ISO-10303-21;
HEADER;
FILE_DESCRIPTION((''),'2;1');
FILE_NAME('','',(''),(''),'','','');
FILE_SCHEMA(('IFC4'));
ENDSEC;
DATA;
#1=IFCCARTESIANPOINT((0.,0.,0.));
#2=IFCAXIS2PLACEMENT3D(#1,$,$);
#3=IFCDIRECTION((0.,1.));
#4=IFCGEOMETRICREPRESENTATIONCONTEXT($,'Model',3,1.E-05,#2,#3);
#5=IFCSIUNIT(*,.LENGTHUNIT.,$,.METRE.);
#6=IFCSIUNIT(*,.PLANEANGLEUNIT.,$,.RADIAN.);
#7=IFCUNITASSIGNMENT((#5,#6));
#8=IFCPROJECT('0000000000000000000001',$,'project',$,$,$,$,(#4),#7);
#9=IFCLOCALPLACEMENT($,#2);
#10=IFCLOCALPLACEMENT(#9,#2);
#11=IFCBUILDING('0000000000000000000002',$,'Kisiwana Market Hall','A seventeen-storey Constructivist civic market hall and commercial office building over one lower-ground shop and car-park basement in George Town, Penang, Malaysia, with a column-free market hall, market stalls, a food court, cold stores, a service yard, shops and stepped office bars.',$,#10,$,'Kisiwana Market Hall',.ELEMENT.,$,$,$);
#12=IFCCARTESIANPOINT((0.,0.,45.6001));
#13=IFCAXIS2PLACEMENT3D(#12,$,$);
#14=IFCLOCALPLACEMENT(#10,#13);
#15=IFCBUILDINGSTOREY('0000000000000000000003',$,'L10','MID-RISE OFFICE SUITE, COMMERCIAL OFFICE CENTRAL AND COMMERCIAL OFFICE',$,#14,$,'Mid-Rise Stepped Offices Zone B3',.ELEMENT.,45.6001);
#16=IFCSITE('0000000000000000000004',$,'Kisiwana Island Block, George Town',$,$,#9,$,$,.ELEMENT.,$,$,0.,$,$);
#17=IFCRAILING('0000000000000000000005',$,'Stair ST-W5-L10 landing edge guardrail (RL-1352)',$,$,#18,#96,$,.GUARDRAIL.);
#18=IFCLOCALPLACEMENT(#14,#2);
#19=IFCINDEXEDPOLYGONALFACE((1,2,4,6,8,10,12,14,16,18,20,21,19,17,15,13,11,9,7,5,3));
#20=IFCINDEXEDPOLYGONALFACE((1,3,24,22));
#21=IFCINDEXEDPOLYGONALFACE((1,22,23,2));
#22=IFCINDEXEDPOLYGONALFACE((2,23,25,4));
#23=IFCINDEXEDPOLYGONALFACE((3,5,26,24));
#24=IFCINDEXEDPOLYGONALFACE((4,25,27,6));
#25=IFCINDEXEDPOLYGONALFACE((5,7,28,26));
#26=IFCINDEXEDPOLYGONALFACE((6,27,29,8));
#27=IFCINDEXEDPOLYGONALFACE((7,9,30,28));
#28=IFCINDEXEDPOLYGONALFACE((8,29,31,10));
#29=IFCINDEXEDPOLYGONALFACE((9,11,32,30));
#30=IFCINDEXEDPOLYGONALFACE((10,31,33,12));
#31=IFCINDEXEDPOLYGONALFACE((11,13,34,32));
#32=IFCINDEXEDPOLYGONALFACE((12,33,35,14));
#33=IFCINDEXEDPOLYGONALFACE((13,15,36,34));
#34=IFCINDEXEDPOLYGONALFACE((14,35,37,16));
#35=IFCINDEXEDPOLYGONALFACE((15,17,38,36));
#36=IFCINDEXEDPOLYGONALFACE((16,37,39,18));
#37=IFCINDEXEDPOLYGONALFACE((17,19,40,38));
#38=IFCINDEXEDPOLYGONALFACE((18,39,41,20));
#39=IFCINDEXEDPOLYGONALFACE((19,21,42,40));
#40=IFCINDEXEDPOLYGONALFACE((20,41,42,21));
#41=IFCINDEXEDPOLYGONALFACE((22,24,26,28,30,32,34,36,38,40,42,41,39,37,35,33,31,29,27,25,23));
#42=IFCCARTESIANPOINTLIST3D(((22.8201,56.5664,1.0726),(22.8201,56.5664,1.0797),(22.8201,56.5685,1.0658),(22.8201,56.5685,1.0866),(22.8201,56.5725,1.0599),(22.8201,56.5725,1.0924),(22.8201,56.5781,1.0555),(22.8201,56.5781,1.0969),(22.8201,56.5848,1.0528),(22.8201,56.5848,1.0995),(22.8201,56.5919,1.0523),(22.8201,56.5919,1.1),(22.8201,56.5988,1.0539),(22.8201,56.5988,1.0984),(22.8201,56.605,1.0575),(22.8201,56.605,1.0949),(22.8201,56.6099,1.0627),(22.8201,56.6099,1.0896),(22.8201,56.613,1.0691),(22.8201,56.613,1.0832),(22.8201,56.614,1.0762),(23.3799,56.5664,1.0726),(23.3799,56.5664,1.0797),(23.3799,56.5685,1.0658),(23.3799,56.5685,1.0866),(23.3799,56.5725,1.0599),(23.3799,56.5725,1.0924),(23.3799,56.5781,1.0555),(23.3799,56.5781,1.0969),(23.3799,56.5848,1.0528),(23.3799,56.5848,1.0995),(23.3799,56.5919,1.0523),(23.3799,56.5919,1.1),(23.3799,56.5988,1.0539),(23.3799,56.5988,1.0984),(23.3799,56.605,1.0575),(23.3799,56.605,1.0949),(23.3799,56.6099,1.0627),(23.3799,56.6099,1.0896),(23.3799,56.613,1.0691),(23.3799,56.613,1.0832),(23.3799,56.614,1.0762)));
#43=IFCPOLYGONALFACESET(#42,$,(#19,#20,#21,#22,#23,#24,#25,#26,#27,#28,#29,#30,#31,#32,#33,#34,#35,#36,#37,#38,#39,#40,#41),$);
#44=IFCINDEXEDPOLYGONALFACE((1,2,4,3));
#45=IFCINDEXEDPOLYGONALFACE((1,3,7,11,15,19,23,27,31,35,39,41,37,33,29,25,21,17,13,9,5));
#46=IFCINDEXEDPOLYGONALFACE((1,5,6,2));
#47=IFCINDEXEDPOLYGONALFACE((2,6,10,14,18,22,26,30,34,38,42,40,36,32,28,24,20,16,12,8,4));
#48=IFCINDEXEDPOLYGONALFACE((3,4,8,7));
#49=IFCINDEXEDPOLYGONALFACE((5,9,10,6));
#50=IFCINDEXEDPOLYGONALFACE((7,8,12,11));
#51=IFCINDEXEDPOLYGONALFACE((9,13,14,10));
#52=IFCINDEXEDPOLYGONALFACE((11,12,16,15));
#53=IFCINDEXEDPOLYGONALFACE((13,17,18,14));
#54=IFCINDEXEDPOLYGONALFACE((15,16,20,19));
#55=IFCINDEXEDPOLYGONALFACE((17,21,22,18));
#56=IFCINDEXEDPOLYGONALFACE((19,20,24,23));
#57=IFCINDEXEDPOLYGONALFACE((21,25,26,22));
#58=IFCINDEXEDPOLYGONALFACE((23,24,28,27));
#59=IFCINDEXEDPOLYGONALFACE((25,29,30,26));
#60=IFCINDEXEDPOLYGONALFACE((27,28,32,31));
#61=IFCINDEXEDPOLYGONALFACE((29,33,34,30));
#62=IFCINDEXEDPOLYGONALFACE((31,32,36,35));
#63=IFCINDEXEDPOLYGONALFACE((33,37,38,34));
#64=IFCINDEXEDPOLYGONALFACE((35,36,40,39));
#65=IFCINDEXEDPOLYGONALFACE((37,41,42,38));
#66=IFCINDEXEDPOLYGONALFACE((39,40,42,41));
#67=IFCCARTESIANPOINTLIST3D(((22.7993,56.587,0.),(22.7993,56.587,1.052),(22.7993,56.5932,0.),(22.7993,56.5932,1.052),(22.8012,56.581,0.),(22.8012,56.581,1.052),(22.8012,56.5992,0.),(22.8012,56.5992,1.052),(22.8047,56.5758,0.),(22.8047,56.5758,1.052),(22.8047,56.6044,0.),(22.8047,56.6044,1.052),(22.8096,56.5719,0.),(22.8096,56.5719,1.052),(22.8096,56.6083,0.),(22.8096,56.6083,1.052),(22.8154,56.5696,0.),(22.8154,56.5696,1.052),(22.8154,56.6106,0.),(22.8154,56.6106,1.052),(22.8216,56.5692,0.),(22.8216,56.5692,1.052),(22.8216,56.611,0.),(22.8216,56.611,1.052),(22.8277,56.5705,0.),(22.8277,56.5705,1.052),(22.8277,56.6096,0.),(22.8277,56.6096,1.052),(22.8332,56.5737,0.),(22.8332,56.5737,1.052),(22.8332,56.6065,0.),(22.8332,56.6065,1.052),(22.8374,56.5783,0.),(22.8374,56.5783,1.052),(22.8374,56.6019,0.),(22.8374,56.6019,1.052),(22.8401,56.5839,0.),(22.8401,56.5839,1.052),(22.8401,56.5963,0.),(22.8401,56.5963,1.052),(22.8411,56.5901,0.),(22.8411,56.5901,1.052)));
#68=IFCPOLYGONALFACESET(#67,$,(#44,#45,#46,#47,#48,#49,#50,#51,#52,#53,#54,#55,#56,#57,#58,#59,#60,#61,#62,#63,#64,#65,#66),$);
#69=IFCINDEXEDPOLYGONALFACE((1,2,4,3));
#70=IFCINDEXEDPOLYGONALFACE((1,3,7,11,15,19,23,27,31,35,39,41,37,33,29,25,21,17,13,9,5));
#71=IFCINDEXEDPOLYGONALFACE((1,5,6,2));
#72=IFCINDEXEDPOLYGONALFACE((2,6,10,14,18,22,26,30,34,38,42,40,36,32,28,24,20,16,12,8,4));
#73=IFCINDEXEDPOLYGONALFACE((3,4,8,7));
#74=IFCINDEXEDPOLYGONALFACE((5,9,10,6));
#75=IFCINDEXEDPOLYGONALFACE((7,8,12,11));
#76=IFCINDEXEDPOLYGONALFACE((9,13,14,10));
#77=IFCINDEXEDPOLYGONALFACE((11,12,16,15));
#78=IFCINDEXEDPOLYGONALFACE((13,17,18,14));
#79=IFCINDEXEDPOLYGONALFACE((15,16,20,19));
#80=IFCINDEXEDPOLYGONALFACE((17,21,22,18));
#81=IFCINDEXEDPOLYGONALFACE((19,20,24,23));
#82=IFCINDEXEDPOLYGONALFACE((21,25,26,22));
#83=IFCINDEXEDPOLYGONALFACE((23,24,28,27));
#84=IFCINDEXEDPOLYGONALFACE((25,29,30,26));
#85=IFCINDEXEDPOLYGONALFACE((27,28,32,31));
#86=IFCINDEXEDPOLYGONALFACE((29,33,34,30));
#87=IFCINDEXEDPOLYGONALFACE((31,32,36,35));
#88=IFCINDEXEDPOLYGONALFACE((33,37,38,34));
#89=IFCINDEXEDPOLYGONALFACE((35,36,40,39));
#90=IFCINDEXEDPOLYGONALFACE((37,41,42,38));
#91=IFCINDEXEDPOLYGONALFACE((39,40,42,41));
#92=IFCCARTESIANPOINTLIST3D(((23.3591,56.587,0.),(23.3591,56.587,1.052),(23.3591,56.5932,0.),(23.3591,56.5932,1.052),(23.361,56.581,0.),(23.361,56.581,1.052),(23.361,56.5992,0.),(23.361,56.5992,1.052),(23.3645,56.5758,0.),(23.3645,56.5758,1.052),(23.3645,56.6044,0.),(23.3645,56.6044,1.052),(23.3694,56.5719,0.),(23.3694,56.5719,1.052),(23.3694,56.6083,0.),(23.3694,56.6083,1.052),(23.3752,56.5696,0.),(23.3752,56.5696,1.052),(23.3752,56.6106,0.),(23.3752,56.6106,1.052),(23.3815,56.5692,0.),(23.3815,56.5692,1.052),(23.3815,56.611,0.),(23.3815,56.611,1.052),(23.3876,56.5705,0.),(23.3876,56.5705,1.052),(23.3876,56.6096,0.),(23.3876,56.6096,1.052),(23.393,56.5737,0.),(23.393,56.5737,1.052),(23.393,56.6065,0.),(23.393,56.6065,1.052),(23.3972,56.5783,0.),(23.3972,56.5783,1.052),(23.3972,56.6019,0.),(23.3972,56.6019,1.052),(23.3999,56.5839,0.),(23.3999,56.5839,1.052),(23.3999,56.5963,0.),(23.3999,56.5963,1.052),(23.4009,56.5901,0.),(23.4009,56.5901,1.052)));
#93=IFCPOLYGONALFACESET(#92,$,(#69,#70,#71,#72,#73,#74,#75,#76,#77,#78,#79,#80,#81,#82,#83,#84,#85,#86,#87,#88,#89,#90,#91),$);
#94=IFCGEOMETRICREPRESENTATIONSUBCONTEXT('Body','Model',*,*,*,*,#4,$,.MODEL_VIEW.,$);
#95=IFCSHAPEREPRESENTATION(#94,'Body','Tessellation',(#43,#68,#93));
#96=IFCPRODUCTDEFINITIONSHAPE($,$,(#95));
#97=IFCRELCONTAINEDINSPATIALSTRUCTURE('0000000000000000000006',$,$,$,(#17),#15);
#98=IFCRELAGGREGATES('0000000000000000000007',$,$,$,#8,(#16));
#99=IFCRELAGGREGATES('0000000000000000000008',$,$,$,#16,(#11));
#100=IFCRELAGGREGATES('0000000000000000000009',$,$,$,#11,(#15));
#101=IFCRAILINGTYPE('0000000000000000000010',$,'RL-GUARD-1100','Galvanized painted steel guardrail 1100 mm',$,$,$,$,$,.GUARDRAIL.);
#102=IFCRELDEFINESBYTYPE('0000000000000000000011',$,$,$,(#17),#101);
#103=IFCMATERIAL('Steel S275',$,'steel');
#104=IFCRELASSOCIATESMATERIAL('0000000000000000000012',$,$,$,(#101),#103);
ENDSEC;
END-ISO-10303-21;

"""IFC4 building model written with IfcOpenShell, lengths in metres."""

from ifc_helpers import new_model, si_unit, direction, frame, origin, origin_2d, place, context, subcontext, project, spatial, circle, extrude, material, type_object, element, save


model = new_model("IFC4")

# Units and contexts
model_context = context("Model", 3, precision=1e-05, world=origin(), true_north=direction((0.0, 1.0)))
body_context = subcontext(model_context, "Body", "Model", "MODEL_VIEW")
ifc_project = project(units=[si_unit("LENGTHUNIT", "METRE"), si_unit("PLANEANGLEUNIT", "RADIAN")], contexts=[model_context])

# Site, building, storey
site_placement = place(None, origin())
site = spatial("IfcSite", under=ifc_project, at=site_placement, Name="Kisiwana Island Block, George Town", CompositionType="ELEMENT", RefElevation=0.0)
building_placement = place(site_placement, origin())
building = spatial("IfcBuilding", under=site, at=building_placement, Name="Kisiwana Market Hall", Description="A seventeen-storey Constructivist civic market hall and commercial office building over one lower-ground shop and car-park basement in George Town, Penang, Malaysia, with a column-free market hall, market stalls, a food court, cold stores, a service yard, shops and stepped office bars.", LongName="Kisiwana Market Hall", CompositionType="ELEMENT")
storey_placement = place(building_placement, frame((0.0, 0.0, 45.6001)))
storey = spatial("IfcBuildingStorey", under=building, at=storey_placement, Name="L10", Description="MID-RISE OFFICE SUITE, COMMERCIAL OFFICE CENTRAL AND COMMERCIAL OFFICE", LongName="Mid-Rise Stepped Offices Zone B3", CompositionType="ELEMENT", Elevation=45.6001)

# Railing
ifc_material_1 = material(Name="Steel S275", Category="steel")
railing_type_1 = type_object("IfcRailingType", Name="RL-GUARD-1100", Description="Galvanized painted steel guardrail 1100 mm", PredefinedType="GUARDRAIL", material=ifc_material_1)
railing_1_placement = place(storey_placement, frame((22.8201, 56.5901, 0.0)))
element("IfcRailing", 1, at=railing_1_placement, inside=storey, type_object=railing_type_1, Name="Stair ST-W5-L10 landing edge guardrail (RL-1352)", PredefinedType="GUARDRAIL", context=body_context, shape_type="SweptSolid", body=[
    extrude(circle(Radius=0.0239, at=origin_2d()), frame((0.0, 0.0, 1.0762), z_axis=(1.0, 0.0, 0.0), x_axis=(0.0, 1.0, 0.0)), (0.0, 0.0, 1.0), 0.5598),
    extrude(circle(Radius=0.021, at=origin_2d()), origin(), (0.0, 0.0, 1.0), 1.052),
    extrude(circle(Radius=0.021, at=origin_2d()), frame((0.5598, 0.0, 0.0)), (0.0, 0.0, 1.0), 1.052),
])

save(model, "model.ifc")
